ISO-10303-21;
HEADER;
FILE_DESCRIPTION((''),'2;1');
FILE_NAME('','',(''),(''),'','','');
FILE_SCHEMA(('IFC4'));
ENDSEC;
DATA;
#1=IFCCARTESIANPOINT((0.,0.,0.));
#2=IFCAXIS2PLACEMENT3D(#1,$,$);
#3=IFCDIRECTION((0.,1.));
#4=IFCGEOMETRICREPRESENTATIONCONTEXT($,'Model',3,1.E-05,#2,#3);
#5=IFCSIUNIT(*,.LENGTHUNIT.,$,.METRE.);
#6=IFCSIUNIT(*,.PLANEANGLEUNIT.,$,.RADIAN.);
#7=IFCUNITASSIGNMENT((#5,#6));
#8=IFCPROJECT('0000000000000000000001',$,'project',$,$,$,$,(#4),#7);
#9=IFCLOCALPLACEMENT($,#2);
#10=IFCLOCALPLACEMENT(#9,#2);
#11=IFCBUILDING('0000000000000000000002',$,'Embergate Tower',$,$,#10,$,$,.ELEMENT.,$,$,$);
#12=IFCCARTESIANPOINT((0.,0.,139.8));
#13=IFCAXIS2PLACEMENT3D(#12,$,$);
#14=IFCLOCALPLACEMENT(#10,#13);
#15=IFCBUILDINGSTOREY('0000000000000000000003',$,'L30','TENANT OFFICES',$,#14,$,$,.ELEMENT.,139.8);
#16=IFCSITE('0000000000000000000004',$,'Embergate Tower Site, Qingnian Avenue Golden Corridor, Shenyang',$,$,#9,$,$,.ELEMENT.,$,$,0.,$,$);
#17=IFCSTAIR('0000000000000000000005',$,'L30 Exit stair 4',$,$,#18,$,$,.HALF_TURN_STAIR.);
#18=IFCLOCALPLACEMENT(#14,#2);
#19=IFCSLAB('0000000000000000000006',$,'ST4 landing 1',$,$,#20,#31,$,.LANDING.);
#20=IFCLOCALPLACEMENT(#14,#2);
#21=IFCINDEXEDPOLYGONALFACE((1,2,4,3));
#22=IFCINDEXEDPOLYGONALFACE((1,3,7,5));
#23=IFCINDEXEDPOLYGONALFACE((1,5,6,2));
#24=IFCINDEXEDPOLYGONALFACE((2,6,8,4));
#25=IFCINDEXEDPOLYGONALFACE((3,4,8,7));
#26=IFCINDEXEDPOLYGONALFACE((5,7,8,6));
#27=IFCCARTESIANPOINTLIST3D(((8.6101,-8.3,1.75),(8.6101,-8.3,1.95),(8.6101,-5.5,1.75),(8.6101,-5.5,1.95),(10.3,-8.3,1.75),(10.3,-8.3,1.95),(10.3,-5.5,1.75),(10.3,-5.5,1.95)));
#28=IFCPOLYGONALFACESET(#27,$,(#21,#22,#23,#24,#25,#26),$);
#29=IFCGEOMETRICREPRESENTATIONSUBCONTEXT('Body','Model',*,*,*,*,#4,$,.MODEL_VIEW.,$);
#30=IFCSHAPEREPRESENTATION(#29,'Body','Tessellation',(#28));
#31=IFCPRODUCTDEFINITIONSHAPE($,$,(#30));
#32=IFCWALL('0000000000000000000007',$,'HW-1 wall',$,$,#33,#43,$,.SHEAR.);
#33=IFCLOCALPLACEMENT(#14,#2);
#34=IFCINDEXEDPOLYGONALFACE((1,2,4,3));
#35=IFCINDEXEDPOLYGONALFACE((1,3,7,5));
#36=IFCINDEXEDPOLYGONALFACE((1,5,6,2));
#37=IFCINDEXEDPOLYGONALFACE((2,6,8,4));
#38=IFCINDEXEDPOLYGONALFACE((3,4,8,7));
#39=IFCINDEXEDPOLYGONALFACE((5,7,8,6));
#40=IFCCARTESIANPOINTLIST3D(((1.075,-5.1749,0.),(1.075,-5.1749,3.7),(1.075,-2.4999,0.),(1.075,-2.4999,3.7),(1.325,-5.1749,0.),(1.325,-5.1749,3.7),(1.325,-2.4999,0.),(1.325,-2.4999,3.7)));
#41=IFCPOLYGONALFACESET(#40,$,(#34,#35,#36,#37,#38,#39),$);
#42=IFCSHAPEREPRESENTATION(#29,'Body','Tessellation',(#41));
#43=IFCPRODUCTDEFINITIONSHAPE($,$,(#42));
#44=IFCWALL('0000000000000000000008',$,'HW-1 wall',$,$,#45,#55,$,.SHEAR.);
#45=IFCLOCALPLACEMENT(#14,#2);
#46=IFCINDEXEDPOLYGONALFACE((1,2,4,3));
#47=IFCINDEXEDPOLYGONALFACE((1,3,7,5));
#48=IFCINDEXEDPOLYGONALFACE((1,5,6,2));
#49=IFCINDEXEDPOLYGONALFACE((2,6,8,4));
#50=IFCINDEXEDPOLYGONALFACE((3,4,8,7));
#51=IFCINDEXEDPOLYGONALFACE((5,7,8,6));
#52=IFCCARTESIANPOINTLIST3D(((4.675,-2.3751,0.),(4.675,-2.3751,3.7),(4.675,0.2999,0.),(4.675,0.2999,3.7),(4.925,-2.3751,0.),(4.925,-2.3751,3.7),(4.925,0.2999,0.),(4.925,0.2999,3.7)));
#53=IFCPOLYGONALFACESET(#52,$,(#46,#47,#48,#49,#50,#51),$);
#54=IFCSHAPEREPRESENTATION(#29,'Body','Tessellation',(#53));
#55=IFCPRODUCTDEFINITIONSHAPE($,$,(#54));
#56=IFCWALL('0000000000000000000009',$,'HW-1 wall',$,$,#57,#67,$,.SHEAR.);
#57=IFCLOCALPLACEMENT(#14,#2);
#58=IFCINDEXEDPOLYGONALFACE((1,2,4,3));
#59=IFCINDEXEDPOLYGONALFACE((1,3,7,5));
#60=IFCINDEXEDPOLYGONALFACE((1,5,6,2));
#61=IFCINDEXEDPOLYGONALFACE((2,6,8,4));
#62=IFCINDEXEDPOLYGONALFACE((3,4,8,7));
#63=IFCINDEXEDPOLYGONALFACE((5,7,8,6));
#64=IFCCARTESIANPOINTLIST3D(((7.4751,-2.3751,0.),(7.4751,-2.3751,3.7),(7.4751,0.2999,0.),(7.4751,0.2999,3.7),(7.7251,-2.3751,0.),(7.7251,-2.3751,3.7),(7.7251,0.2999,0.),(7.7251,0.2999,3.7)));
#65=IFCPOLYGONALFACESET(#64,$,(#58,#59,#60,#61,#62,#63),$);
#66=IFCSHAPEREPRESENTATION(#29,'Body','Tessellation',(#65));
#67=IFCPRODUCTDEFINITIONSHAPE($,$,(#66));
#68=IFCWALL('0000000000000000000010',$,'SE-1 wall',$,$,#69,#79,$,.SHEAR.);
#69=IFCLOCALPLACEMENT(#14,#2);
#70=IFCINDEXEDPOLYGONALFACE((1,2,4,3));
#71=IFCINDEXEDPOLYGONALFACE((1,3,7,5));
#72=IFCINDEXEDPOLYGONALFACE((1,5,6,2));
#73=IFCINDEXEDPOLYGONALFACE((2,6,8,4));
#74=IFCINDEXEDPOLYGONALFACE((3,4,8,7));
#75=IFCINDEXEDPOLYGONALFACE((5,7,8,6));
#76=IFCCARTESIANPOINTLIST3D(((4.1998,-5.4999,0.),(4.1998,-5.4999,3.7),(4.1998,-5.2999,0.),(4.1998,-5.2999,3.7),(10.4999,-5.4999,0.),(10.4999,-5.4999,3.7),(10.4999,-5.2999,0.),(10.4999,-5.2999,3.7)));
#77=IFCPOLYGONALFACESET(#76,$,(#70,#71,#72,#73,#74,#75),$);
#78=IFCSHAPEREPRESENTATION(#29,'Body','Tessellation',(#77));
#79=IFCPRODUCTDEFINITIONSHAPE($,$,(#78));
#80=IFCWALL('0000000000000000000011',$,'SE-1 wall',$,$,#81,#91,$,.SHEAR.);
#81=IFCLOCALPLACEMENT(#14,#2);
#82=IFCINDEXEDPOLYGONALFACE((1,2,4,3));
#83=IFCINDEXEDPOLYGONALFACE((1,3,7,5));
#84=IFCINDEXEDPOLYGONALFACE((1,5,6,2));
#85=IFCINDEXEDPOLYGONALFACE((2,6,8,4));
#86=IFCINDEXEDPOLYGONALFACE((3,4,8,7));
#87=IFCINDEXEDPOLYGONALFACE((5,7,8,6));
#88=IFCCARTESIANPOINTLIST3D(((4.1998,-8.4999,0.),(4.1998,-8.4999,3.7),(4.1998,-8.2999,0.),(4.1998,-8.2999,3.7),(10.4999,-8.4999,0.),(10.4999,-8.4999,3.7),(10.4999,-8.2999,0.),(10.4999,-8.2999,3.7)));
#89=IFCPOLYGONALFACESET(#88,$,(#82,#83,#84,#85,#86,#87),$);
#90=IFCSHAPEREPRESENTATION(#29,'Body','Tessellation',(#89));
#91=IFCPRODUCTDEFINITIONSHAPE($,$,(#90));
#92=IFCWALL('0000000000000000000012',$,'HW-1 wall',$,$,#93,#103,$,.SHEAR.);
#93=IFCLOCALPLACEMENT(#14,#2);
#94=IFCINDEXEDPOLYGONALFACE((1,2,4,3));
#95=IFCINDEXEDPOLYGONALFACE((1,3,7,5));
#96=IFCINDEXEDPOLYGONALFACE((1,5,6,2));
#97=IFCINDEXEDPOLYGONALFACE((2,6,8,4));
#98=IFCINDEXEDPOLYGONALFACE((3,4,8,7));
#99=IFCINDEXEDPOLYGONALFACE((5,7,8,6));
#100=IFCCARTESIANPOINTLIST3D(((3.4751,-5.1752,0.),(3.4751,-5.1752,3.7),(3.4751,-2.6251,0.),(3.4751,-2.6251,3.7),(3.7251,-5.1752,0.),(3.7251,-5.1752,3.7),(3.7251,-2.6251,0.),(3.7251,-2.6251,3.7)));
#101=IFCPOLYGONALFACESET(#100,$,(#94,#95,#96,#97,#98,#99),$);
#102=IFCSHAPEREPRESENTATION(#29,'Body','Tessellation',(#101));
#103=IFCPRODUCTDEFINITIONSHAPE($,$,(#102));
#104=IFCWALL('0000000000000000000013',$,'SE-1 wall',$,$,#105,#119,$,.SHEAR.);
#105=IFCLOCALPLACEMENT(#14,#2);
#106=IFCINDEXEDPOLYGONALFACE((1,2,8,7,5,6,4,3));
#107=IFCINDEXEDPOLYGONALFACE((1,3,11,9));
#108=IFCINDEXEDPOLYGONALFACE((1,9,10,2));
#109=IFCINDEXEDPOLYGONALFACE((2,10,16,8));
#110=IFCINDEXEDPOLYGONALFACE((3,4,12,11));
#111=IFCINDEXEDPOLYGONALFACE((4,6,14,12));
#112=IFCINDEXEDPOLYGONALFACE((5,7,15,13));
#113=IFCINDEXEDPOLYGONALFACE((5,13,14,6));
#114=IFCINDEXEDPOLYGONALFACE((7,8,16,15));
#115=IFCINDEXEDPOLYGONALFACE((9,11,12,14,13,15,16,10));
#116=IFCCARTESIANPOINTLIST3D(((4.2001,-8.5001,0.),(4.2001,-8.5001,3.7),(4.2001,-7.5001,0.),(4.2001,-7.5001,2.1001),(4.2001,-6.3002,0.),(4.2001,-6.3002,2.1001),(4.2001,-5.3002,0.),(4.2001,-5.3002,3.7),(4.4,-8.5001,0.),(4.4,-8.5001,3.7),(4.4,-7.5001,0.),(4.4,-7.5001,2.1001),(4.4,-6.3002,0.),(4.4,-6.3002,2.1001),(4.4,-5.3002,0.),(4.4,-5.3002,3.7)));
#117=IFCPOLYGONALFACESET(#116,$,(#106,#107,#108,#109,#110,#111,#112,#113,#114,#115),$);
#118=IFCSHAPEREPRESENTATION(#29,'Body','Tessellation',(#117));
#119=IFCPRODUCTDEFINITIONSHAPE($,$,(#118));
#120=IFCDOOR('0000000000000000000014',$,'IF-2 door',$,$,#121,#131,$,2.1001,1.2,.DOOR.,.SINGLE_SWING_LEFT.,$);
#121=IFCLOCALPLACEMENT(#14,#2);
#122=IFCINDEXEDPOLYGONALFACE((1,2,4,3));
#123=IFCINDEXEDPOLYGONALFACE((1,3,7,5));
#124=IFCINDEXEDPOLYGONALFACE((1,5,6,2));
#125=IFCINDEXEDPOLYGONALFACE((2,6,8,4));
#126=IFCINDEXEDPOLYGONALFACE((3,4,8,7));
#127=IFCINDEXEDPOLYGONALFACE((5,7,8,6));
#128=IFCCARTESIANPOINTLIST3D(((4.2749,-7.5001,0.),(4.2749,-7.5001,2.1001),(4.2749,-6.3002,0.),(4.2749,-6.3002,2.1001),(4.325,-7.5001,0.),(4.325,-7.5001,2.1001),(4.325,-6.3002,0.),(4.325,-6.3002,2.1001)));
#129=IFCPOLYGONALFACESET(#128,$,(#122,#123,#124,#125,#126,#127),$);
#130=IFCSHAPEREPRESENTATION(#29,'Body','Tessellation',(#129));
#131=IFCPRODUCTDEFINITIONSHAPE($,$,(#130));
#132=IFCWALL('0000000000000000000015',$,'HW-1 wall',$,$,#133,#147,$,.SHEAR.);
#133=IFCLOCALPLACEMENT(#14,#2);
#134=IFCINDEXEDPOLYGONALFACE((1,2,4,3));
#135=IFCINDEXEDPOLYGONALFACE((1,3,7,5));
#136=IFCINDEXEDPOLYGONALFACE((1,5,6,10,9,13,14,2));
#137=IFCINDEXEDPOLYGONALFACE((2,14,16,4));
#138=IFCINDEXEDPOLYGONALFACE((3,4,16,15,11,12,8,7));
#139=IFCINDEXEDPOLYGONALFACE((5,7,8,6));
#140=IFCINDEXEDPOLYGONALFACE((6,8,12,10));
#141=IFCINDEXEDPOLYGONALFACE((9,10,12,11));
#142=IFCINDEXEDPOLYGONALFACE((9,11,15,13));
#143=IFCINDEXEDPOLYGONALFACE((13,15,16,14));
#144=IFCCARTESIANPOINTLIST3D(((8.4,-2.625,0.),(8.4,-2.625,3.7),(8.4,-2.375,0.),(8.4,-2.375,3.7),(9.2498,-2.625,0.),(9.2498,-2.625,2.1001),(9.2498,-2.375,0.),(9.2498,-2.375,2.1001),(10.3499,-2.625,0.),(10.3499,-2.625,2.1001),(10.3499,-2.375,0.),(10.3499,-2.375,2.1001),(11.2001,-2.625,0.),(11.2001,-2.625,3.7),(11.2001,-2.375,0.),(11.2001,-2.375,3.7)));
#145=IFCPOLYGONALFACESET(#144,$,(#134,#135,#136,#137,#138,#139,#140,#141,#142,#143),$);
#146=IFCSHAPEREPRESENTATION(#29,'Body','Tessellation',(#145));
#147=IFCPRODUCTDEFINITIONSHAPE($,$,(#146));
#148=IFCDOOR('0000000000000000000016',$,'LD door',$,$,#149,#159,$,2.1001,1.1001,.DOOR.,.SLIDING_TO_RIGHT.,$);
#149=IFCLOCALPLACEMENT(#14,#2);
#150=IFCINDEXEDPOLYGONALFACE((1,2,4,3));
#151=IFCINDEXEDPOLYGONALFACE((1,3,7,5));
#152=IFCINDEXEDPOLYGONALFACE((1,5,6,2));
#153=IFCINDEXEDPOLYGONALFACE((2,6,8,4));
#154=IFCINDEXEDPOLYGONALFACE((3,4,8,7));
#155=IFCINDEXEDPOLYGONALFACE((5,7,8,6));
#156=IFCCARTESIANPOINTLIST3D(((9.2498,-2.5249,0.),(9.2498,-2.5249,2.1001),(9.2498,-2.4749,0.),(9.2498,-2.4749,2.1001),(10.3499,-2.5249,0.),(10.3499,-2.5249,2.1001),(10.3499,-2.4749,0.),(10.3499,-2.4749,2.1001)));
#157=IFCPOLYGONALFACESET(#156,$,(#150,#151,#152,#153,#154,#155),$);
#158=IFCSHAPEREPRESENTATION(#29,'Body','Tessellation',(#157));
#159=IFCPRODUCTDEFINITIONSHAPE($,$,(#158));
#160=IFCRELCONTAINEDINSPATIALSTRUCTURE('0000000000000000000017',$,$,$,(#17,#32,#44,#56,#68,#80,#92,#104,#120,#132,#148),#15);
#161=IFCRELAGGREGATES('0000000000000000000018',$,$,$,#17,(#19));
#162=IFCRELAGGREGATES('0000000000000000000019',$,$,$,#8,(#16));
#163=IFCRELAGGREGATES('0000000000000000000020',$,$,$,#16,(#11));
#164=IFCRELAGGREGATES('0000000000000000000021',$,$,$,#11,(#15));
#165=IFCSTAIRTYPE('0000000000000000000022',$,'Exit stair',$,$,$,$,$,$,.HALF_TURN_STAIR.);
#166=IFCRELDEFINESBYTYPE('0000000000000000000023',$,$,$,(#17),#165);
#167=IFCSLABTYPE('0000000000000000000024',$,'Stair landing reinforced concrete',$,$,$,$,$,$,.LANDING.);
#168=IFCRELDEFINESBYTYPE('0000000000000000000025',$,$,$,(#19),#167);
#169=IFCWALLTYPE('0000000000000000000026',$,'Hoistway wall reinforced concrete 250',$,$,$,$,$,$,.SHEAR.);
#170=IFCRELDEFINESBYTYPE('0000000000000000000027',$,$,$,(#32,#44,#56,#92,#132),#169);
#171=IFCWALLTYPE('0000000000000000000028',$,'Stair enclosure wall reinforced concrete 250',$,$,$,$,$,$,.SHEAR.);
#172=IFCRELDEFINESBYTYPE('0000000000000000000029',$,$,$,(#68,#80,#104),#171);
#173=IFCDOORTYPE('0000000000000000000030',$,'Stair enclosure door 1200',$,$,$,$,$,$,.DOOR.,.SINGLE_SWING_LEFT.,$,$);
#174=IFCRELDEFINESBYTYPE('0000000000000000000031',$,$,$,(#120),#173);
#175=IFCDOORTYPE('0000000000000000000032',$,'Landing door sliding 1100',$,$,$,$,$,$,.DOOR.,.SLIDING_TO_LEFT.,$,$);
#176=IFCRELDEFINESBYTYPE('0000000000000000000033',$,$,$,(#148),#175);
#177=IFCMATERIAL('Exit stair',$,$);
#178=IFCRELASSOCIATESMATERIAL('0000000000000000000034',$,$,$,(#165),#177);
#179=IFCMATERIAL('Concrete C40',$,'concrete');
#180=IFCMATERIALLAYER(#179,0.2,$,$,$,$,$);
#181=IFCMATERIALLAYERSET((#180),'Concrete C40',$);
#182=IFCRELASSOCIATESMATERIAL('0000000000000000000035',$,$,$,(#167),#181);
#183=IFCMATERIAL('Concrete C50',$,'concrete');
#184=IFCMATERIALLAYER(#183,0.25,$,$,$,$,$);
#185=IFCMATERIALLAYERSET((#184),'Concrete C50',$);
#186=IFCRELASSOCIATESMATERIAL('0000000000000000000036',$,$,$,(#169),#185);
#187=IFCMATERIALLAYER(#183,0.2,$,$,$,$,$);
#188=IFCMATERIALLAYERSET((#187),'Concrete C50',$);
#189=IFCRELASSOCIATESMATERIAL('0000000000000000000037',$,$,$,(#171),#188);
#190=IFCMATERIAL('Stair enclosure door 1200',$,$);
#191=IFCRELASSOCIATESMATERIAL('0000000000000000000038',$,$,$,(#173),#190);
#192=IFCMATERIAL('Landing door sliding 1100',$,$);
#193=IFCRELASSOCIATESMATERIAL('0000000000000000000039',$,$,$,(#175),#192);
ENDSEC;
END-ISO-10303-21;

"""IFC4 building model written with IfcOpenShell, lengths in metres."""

from ifc_helpers import new_model, si_unit, direction, frame, frame_2d, origin, place, context, subcontext, project, spatial, polyline, rectangle, outline, extrude, source, transform, mapped, material, layer, layer_set, type_object, element, fill, aggregate, save


model = new_model("IFC4")

# Units and contexts
model_context = context("Model", 3, precision=1e-05, world=origin(), true_north=direction((0.0, 1.0)))
body_context = subcontext(model_context, "Body", "Model", "MODEL_VIEW")
ifc_project = project(units=[si_unit("LENGTHUNIT", "METRE"), si_unit("PLANEANGLEUNIT", "RADIAN")], contexts=[model_context])

# Site, building, storey
site_placement = place(None, origin())
site = spatial("IfcSite", under=ifc_project, at=site_placement, Name="Embergate Tower Site, Qingnian Avenue Golden Corridor, Shenyang", CompositionType="ELEMENT", RefElevation=0.0)
building_placement = place(site_placement, origin())
building = spatial("IfcBuilding", under=site, at=building_placement, Name="Embergate Tower", CompositionType="ELEMENT")
storey_placement = place(building_placement, frame((0.0, 0.0, 139.8)))
storey = spatial("IfcBuildingStorey", under=building, at=storey_placement, Name="L30", Description="TENANT OFFICES", CompositionType="ELEMENT", Elevation=139.8)

# Stair, slab
ifc_material_1 = material(Name="Exit stair")
stair_type = type_object("IfcStairType", Name="Exit stair", PredefinedType="HALF_TURN_STAIR", material=ifc_material_1)
stair_placement = place(storey_placement, origin())
stair = element("IfcStair", 1, at=stair_placement, inside=storey, type_object=stair_type, Name="L30 Exit stair 4", PredefinedType="HALF_TURN_STAIR")
ifc_material_2 = material(Name="Concrete C40", Category="concrete")
ifc_layer_1 = layer(ifc_material_2, 0.2)
ifc_layer_set_1 = layer_set([ifc_layer_1], Name="Concrete C40")
slab_type = type_object("IfcSlabType", Name="Stair landing reinforced concrete", PredefinedType="LANDING", material=ifc_layer_set_1)
shared_shape_1 = source(origin(), body_context, "Body", "SweptSolid", [
    extrude(outline(polyline([(0.0, 0.0), (1.6899, 0.0), (1.6899, 2.8), (0.0, 2.8), (0.0, 0.0)])), origin(), (0.0, 0.0, 1.0), 0.2),
])
slab_placement = place(storey_placement, frame((8.6101, -8.3, 1.75)))
slab = element("IfcSlab", 2, at=slab_placement, type_object=slab_type, Name="ST4 landing 1", PredefinedType="LANDING", context=body_context, shape_type="MappedRepresentation", body=[
    mapped(shared_shape_1, transform((0.0, 0.0, 0.0))),
])

# Walls
ifc_material_3 = material(Name="Concrete C50", Category="concrete")
ifc_layer_2 = layer(ifc_material_3, 0.25)
ifc_layer_set_2 = layer_set([ifc_layer_2], Name="Concrete C50")
wall_type_1 = type_object("IfcWallType", Name="Hoistway wall reinforced concrete 250", PredefinedType="SHEAR", material=ifc_layer_set_2)
shared_shape_2 = source(origin(), body_context, "Body", "SweptSolid", [
    extrude(rectangle(XDim=2.675, YDim=0.25, at=frame_2d((1.3374, 0.0))), origin(), (0.0, 0.0, 1.0), 3.7),
])
for number, where, z_axis, x_axis, name in (
    (3, (1.2, -2.5, 0.0), (0.0, 0.0, 1.0), (0.0, -1.0, 0.0), "HW-1 wall"),
    (4, (4.8, -2.375, 0.0), (0.0, 0.0, 1.0), (0.0, 1.0, 0.0), "HW-1 wall"),
    (5, (7.6001, -2.375, 0.0), (0.0, 0.0, 1.0), (0.0, 1.0, 0.0), "HW-1 wall"),
):
    element("IfcWall", number, at=place(storey_placement, frame(where, z_axis=z_axis, x_axis=x_axis)), inside=storey, type_object=wall_type_1, Name=name, PredefinedType="SHEAR", context=body_context, shape_type="MappedRepresentation", body=[
        mapped(shared_shape_2, transform((0.0, 0.0, 0.0))),
    ])
ifc_layer_3 = layer(ifc_material_3, 0.2)
ifc_layer_set_3 = layer_set([ifc_layer_3], Name="Concrete C50")
wall_type_2 = type_object("IfcWallType", Name="Stair enclosure wall reinforced concrete 250", PredefinedType="SHEAR", material=ifc_layer_set_3)
shared_shape_3 = source(origin(), body_context, "Body", "SweptSolid", [
    extrude(rectangle(XDim=6.3, YDim=0.2, at=frame_2d((3.1499, 0.0))), origin(), (0.0, 0.0, 1.0), 3.7),
])
for number, where, z_axis, x_axis, name in (
    (6, (4.2, -5.3999, 0.0), (0.0, 0.0, 1.0), (1.0, 0.0, 0.0), "SE-1 wall"),
    (7, (4.2, -8.3999, 0.0), (0.0, 0.0, 1.0), (1.0, 0.0, 0.0), "SE-1 wall"),
):
    element("IfcWall", number, at=place(storey_placement, frame(where, z_axis=z_axis, x_axis=x_axis)), inside=storey, type_object=wall_type_2, Name=name, PredefinedType="SHEAR", context=body_context, shape_type="MappedRepresentation", body=[
        mapped(shared_shape_3, transform((0.0, 0.0, 0.0))),
    ])
shared_shape_4 = source(origin(), body_context, "Body", "SweptSolid", [
    extrude(rectangle(XDim=2.55, YDim=0.25, at=frame_2d((1.2749, 0.0))), origin(), (0.0, 0.0, 1.0), 3.7),
])
wall_1_placement = place(storey_placement, frame((3.6001, -5.175, 0.0), z_axis=(0.0, 0.0, 1.0), x_axis=(0.0, 1.0, 0.0)))
element("IfcWall", 8, at=wall_1_placement, inside=storey, type_object=wall_type_1, Name="HW-1 wall", PredefinedType="SHEAR", context=body_context, shape_type="MappedRepresentation", body=[
    mapped(shared_shape_4, transform((0.0, 0.0, 0.0))),
])

# Walls, openings, doors
shared_shape_5 = source(origin(), body_context, "Body", "SweptSolid", [
    extrude(rectangle(XDim=3.2, YDim=0.2, at=frame_2d((1.6001, 0.0))), origin(), (0.0, 0.0, 1.0), 3.7),
])
wall_2_placement = place(storey_placement, frame((4.3, -5.3, 0.0), z_axis=(0.0, 0.0, 1.0), x_axis=(0.0, -1.0, 0.0)))
wall_2 = element("IfcWall", 9, at=wall_2_placement, inside=storey, type_object=wall_type_2, Name="SE-1 wall", PredefinedType="SHEAR", context=body_context, shape_type="MappedRepresentation", body=[
    mapped(shared_shape_5, transform((0.0, 0.0, 0.0))),
])
shared_shape_6 = source(origin(), body_context, "Body", "SweptSolid", [
    extrude(rectangle(XDim=1.2, YDim=2.1001, at=frame_2d((0.6001, 1.05))), frame((0.0, 0.1099, 0.0), z_axis=(0.0, -1.0, 0.0), x_axis=(1.0, 0.0, 0.0)), (0.0, 0.0, 1.0), 0.22),
])
opening_1_placement = place(wall_2_placement, frame((1.0, 0.0, 0.0)))
opening_1 = element("IfcOpeningElement", 10, at=opening_1_placement, cuts=wall_2, PredefinedType="OPENING", context=body_context, shape_type="MappedRepresentation", body=[
    mapped(shared_shape_6, transform((0.0, 0.0, 0.0))),
])
ifc_material_4 = material(Name="Stair enclosure door 1200")
door_type_1 = type_object("IfcDoorType", Name="Stair enclosure door 1200", OperationType="SINGLE_SWING_LEFT", PredefinedType="DOOR", material=ifc_material_4)
shared_shape_7 = source(origin(), body_context, "Body", "SweptSolid", [
    extrude(rectangle(XDim=1.2, YDim=2.1001, at=frame_2d((0.6001, 1.05))), frame((0.0, 0.0249, 0.0), z_axis=(0.0, -1.0, 0.0), x_axis=(1.0, 0.0, 0.0)), (0.0, 0.0, 1.0), 0.05),
])
door_1_placement = place(opening_1_placement, origin())
door_1 = element("IfcDoor", 11, at=door_1_placement, inside=storey, type_object=door_type_1, Name="IF-2 door", OperationType="SINGLE_SWING_LEFT", OverallHeight=2.1001, OverallWidth=1.2, PredefinedType="DOOR", context=body_context, shape_type="MappedRepresentation", body=[
    mapped(shared_shape_7, transform((0.0, 0.0, 0.0))),
])
fill(opening_1, door_1)
shared_shape_8 = source(origin(), body_context, "Body", "SweptSolid", [
    extrude(rectangle(XDim=2.8, YDim=0.25, at=frame_2d((1.3999, 0.0))), origin(), (0.0, 0.0, 1.0), 3.7),
])
wall_3_placement = place(storey_placement, frame((11.2, -2.5, 0.0), z_axis=(0.0, 0.0, 1.0), x_axis=(-1.0, 0.0, 0.0)))
wall_3 = element("IfcWall", 12, at=wall_3_placement, inside=storey, type_object=wall_type_1, Name="HW-1 wall", PredefinedType="SHEAR", context=body_context, shape_type="MappedRepresentation", body=[
    mapped(shared_shape_8, transform((0.0, 0.0, 0.0))),
])
shared_shape_9 = source(origin(), body_context, "Body", "SweptSolid", [
    extrude(rectangle(XDim=1.1001, YDim=2.1001, at=frame_2d((0.55, 1.05))), frame((0.0, 0.135, 0.0), z_axis=(0.0, -1.0, 0.0), x_axis=(1.0, 0.0, 0.0)), (0.0, 0.0, 1.0), 0.27),
])
opening_2_placement = place(wall_3_placement, frame((0.8501, 0.0, 0.0)))
opening_2 = element("IfcOpeningElement", 13, at=opening_2_placement, cuts=wall_3, PredefinedType="OPENING", context=body_context, shape_type="MappedRepresentation", body=[
    mapped(shared_shape_9, transform((0.0, 0.0, 0.0))),
])
ifc_material_5 = material(Name="Landing door sliding 1100")
door_type_2 = type_object("IfcDoorType", Name="Landing door sliding 1100", OperationType="SLIDING_TO_LEFT", PredefinedType="DOOR", material=ifc_material_5)
shared_shape_10 = source(origin(), body_context, "Body", "SweptSolid", [
    extrude(rectangle(XDim=1.1001, YDim=2.1001, at=frame_2d((0.55, 1.05))), frame((0.0, 0.0249, 0.0), z_axis=(0.0, -1.0, 0.0), x_axis=(1.0, 0.0, 0.0)), (0.0, 0.0, 1.0), 0.05),
])
door_2_placement = place(opening_2_placement, origin())
door_2 = element("IfcDoor", 14, at=door_2_placement, inside=storey, type_object=door_type_2, Name="LD door", OperationType="SLIDING_TO_RIGHT", OverallHeight=2.1001, OverallWidth=1.1001, PredefinedType="DOOR", context=body_context, shape_type="MappedRepresentation", body=[
    mapped(shared_shape_10, transform((0.0, 0.0, 0.0))),
])
fill(opening_2, door_2)

aggregate(stair, [slab])

save(model, "model.ifc")
